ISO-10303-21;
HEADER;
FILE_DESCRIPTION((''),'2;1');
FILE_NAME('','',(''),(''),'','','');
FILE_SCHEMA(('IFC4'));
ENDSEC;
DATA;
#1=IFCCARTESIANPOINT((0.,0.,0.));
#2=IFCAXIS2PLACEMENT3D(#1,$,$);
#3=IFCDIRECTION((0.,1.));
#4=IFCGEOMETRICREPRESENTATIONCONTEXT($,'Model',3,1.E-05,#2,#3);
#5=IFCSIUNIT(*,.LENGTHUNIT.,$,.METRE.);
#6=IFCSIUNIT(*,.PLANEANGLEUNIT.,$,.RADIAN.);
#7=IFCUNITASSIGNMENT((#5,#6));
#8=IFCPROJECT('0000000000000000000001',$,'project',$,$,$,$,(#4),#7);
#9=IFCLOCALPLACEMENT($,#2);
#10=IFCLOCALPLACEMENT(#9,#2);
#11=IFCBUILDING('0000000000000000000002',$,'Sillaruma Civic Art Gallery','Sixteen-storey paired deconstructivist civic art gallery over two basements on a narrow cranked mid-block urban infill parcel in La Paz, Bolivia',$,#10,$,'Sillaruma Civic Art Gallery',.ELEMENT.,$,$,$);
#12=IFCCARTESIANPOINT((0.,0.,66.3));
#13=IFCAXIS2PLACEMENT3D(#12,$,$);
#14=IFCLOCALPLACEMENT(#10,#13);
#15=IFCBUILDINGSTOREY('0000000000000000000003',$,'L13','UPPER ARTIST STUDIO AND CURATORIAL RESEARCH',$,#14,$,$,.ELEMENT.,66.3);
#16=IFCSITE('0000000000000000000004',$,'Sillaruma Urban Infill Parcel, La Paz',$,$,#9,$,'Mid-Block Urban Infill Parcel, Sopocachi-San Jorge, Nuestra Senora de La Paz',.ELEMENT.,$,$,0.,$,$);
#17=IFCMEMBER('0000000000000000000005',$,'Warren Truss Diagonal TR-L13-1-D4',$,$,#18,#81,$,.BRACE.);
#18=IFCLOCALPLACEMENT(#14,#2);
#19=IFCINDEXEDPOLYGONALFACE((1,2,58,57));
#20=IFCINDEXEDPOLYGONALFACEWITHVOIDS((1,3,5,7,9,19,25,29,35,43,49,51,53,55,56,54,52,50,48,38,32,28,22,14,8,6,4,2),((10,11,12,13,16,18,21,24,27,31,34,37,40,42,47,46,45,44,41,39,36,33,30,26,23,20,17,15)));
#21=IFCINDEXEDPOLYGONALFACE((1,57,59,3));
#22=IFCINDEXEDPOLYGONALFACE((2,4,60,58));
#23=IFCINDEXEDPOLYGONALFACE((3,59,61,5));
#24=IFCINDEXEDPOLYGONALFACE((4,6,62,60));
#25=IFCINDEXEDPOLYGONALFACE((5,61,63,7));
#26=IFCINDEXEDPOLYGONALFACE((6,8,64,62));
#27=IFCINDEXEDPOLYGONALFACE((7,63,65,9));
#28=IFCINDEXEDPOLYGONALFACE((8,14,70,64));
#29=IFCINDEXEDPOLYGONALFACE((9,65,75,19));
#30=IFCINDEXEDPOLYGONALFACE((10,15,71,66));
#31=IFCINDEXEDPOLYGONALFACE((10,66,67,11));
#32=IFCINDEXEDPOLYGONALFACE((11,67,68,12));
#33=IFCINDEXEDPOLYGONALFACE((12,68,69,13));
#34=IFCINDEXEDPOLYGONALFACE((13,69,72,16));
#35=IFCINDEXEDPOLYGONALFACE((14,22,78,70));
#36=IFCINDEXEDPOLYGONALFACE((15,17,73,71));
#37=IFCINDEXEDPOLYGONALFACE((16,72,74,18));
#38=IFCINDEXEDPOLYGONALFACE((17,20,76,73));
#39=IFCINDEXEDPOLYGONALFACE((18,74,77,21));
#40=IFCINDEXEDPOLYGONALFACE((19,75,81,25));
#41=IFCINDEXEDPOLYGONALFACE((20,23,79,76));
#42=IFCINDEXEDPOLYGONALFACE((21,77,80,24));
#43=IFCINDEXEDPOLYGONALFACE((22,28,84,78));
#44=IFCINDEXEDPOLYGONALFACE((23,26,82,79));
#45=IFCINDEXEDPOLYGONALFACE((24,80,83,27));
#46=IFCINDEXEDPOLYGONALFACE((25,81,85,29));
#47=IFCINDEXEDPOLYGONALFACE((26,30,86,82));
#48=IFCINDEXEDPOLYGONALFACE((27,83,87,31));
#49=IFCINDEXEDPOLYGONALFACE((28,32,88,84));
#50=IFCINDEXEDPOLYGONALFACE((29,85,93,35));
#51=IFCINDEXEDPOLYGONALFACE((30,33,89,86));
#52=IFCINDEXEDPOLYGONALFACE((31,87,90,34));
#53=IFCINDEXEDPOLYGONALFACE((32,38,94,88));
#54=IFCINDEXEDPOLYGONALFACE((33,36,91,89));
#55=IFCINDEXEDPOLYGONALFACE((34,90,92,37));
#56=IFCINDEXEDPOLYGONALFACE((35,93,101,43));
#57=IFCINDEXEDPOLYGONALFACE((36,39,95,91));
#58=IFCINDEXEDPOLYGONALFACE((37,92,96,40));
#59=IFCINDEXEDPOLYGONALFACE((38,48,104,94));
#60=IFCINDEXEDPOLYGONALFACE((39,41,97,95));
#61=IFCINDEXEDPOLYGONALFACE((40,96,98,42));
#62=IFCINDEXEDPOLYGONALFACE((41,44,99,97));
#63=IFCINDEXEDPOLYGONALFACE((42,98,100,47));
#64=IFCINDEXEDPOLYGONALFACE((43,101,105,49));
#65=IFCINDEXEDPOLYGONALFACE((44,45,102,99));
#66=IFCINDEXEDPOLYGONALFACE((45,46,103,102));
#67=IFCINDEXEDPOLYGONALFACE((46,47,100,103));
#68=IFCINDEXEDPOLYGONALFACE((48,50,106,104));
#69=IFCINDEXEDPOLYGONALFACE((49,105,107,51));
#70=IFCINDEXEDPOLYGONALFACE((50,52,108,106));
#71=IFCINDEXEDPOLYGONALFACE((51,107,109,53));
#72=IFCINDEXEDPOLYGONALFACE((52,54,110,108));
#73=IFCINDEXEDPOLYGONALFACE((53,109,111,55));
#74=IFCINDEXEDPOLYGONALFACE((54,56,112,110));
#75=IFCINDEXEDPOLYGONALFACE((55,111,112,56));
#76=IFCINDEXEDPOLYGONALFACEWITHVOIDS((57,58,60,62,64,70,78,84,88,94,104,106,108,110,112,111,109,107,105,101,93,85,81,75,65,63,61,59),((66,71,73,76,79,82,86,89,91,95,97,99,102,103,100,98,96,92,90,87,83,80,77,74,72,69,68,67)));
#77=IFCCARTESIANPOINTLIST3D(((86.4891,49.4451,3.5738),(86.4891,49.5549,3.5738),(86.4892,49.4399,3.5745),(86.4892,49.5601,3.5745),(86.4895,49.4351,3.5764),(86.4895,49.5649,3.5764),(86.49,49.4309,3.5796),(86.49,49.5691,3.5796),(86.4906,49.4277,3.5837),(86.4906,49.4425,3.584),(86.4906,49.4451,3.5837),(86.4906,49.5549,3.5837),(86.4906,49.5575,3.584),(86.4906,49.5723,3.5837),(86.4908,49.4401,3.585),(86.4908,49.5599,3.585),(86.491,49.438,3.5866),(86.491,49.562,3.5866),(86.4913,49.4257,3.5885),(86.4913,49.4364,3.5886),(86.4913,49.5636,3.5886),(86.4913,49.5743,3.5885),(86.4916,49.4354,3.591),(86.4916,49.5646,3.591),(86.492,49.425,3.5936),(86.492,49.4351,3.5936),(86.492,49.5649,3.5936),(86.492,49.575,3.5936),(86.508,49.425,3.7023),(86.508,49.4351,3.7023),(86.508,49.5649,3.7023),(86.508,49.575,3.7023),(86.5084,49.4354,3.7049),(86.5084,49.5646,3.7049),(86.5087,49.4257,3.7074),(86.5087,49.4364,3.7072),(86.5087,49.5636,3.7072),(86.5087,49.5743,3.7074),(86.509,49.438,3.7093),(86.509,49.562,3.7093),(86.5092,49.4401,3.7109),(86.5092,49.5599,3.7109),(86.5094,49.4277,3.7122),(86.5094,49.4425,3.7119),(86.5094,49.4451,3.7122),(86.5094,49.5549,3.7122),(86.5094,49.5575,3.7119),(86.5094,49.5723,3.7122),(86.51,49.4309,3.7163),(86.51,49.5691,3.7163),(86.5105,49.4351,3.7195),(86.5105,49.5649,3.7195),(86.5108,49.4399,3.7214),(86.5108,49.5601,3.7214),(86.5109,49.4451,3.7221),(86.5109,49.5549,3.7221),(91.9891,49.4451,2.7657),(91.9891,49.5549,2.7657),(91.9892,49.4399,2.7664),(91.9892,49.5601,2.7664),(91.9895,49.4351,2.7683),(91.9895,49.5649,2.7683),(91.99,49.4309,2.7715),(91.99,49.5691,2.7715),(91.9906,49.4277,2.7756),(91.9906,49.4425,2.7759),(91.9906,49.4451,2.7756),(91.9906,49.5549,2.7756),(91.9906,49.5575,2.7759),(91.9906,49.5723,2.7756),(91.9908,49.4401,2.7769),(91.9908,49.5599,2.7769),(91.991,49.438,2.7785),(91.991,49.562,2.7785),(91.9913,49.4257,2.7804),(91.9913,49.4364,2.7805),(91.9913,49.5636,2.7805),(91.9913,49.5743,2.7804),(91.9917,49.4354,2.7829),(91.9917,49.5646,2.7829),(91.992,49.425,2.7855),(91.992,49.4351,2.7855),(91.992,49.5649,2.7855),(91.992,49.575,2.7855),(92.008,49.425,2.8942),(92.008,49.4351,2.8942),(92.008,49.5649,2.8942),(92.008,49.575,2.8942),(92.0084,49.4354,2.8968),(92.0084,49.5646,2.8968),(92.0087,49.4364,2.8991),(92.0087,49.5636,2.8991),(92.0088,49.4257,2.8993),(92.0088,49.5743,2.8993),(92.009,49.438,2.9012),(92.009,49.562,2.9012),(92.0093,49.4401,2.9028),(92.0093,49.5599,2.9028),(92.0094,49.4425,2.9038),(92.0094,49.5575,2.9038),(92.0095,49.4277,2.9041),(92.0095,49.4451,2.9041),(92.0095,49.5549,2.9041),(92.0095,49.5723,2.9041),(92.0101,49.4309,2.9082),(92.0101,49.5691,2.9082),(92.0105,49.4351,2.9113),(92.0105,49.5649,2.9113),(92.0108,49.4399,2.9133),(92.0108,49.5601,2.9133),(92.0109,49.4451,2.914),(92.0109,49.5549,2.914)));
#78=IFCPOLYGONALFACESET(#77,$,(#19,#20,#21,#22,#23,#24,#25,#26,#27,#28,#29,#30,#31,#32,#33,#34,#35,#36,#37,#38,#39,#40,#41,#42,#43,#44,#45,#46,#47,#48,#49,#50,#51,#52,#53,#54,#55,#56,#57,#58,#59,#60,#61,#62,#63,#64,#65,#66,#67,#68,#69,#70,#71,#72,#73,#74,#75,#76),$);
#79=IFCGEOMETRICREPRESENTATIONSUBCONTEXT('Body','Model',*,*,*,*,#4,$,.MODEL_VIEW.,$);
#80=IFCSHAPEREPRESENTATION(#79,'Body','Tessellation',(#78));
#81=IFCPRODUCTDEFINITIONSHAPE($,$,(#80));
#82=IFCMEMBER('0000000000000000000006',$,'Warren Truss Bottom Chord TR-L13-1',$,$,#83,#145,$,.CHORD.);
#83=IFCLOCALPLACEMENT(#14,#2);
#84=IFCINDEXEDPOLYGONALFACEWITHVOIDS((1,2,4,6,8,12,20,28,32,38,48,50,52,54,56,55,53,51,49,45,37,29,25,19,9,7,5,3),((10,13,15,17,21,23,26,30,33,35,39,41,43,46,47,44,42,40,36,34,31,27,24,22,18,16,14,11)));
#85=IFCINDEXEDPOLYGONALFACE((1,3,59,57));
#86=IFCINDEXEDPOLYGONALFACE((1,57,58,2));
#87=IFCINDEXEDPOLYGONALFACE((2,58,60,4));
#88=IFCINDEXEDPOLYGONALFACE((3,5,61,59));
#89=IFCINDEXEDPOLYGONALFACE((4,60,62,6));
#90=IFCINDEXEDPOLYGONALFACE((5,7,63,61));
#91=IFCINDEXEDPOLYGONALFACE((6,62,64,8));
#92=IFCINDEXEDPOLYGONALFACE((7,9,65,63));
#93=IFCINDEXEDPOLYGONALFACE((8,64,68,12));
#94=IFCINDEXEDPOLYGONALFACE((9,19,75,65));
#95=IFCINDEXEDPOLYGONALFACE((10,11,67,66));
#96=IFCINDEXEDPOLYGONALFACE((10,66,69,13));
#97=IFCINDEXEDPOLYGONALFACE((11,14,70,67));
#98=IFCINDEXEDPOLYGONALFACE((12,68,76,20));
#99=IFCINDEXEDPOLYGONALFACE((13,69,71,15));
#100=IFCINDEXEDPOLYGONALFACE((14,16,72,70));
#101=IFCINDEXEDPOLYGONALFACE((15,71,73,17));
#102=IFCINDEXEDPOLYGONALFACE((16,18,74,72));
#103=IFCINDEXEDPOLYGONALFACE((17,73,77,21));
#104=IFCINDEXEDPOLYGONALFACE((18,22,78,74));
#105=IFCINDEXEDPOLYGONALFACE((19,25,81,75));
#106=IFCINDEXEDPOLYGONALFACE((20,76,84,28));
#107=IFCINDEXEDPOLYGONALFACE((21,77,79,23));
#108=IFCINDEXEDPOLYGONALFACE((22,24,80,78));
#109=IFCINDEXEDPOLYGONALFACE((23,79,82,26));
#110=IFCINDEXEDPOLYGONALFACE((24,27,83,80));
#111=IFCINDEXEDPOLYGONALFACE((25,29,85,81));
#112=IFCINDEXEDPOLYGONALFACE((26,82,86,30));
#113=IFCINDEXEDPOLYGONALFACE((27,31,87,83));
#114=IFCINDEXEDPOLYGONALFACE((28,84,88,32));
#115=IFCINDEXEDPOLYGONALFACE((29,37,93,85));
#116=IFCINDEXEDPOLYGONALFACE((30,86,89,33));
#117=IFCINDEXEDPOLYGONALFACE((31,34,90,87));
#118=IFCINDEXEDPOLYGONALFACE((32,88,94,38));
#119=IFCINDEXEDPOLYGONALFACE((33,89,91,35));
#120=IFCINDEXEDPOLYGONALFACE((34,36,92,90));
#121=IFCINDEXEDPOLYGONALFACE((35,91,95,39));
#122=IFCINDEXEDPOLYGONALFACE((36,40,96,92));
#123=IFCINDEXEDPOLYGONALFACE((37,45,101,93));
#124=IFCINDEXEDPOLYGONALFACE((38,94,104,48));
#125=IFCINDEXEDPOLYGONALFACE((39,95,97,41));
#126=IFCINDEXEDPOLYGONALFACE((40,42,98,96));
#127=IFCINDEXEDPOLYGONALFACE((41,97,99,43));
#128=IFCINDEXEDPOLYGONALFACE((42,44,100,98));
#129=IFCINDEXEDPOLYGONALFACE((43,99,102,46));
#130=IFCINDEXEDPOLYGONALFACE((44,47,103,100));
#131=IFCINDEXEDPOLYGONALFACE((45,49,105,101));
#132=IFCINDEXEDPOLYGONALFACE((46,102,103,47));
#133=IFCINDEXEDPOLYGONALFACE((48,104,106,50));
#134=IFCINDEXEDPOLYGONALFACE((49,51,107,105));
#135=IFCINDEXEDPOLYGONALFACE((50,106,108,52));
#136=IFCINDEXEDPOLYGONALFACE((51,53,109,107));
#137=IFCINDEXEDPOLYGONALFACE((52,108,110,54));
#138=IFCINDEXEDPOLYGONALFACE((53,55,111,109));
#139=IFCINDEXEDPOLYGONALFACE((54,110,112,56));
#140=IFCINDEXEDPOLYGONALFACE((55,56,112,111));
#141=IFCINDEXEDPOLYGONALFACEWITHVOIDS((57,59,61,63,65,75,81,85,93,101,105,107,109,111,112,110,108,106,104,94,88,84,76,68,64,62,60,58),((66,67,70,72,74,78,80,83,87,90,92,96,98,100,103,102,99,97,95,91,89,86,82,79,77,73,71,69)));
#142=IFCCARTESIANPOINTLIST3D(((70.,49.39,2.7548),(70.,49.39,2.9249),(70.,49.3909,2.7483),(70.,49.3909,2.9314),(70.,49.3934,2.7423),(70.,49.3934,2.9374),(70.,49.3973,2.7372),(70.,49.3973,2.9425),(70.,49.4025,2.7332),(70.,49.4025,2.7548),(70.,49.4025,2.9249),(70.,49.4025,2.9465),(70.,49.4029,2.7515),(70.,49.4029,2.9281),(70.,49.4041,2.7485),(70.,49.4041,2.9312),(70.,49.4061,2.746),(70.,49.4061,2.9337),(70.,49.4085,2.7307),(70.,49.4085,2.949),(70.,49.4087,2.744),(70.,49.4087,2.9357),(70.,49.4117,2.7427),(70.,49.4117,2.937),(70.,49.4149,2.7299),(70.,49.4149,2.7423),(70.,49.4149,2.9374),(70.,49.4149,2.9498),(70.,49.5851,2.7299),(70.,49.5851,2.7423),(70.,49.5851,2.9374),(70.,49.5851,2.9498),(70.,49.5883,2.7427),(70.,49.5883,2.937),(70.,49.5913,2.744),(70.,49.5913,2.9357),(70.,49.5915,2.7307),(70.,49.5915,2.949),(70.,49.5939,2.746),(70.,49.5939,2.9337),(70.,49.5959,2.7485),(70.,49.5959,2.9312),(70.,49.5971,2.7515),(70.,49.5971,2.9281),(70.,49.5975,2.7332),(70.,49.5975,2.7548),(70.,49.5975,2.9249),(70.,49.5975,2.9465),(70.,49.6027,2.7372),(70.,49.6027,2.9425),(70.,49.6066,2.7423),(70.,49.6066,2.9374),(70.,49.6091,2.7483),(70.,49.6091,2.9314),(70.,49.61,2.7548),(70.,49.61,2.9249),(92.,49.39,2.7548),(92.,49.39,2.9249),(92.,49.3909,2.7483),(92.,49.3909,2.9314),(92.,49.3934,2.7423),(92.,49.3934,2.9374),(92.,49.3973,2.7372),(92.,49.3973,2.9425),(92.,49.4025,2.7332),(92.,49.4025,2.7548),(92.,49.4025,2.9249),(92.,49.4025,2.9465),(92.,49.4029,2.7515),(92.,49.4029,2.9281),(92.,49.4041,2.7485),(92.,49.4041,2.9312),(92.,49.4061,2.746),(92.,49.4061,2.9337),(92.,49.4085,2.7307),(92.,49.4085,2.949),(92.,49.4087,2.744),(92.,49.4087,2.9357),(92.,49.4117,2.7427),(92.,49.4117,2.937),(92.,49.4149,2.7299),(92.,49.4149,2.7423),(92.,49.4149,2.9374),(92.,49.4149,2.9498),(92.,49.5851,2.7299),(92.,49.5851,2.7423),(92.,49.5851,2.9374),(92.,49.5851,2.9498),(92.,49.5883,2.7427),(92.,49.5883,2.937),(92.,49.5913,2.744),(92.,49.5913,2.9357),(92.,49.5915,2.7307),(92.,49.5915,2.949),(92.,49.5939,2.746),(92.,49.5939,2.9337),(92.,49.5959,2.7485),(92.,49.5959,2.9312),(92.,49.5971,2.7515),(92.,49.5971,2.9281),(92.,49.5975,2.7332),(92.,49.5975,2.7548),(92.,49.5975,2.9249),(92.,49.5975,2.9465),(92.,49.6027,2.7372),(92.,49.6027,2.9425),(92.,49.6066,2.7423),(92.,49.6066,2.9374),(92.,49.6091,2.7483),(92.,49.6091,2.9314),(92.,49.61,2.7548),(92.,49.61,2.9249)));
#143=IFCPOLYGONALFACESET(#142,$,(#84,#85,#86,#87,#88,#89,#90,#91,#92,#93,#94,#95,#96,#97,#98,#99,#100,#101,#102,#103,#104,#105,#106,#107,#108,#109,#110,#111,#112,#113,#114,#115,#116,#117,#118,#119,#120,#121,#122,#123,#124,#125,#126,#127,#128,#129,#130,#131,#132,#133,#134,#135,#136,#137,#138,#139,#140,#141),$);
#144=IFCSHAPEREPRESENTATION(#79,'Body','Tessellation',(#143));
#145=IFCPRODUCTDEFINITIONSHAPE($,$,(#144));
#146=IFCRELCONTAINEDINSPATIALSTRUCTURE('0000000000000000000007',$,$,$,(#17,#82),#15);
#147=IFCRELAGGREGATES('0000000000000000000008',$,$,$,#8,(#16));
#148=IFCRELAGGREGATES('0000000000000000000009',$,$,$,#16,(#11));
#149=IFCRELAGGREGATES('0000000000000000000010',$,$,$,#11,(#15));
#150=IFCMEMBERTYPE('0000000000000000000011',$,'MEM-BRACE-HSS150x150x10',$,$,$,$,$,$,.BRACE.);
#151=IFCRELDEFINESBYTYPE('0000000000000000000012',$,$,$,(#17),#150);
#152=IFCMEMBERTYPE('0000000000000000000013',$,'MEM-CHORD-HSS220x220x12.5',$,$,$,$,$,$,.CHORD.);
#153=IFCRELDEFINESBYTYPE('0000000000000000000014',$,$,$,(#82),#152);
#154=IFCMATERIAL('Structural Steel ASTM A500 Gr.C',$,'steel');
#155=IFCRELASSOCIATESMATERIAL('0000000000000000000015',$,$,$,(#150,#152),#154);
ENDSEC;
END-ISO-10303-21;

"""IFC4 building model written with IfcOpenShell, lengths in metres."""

from ifc_helpers import new_model, si_unit, direction, frame, origin, origin_2d, place, context, subcontext, project, spatial, hollow_rectangle, extrude, material, material_profile, profile_set, type_object, element, save


model = new_model("IFC4")

# Units and contexts
model_context = context("Model", 3, precision=1e-05, world=origin(), true_north=direction((0.0, 1.0)))
body_context = subcontext(model_context, "Body", "Model", "MODEL_VIEW")
ifc_project = project(units=[si_unit("LENGTHUNIT", "METRE"), si_unit("PLANEANGLEUNIT", "RADIAN")], contexts=[model_context])

# Site, building, storey
site_placement = place(None, origin())
site = spatial("IfcSite", under=ifc_project, at=site_placement, Name="Sillaruma Urban Infill Parcel, La Paz", LongName="Mid-Block Urban Infill Parcel, Sopocachi-San Jorge, Nuestra Senora de La Paz", CompositionType="ELEMENT", RefElevation=0.0)
building_placement = place(site_placement, origin())
building = spatial("IfcBuilding", under=site, at=building_placement, Name="Sillaruma Civic Art Gallery", Description="Sixteen-storey paired deconstructivist civic art gallery over two basements on a narrow cranked mid-block urban infill parcel in La Paz, Bolivia", LongName="Sillaruma Civic Art Gallery", CompositionType="ELEMENT")
storey_placement = place(building_placement, frame((0.0, 0.0, 66.3)))
storey = spatial("IfcBuildingStorey", under=building, at=storey_placement, Name="L13", Description="UPPER ARTIST STUDIO AND CURATORIAL RESEARCH", CompositionType="ELEMENT", Elevation=66.3)

# Members
ifc_material_1 = material(Name="Structural Steel ASTM A500 Gr.C", Category="steel")
ifc_material_profile_1 = material_profile(ifc_material_1, hollow_rectangle(XDim=0.1499, YDim=0.1499, WallThickness=0.01, InnerFilletRadius=0.01, OuterFilletRadius=0.02, at=origin_2d()), Name="HSS150x150x10")
ifc_profile_set_1 = profile_set([ifc_material_profile_1], Name="Structural Steel ASTM A500 Gr.C")
member_type_1 = type_object("IfcMemberType", Name="MEM-BRACE-HSS150x150x10", PredefinedType="BRACE", material=ifc_profile_set_1)
for number, where, z_axis, x_axis, name in (
    (1, (86.5, 49.5, 3.6479), (0.989378, 0.0, -0.145368), (0.0, 1.0, 0.0), "Warren Truss Diagonal TR-L13-1-D4"),
):
    element("IfcMember", number, at=place(storey_placement, frame(where, z_axis=z_axis, x_axis=x_axis)), inside=storey, type_object=member_type_1, Name=name, PredefinedType="BRACE", context=body_context, shape_type="SweptSolid", body=[
        extrude(hollow_rectangle(XDim=0.1499, YDim=0.1499, WallThickness=0.01, InnerFilletRadius=0.01, OuterFilletRadius=0.02, at=origin_2d()), origin(), (0.0, 0.0, 1.0), 5.5591),
    ])
ifc_material_profile_2 = material_profile(ifc_material_1, hollow_rectangle(XDim=0.22, YDim=0.22, WallThickness=0.0125, InnerFilletRadius=0.0125, OuterFilletRadius=0.0249, at=origin_2d()), Name="HSS220x220x12.5")
ifc_profile_set_2 = profile_set([ifc_material_profile_2], Name="Structural Steel ASTM A500 Gr.C")
member_type_2 = type_object("IfcMemberType", Name="MEM-CHORD-HSS220x220x12.5", PredefinedType="CHORD", material=ifc_profile_set_2)
member_placement = place(storey_placement, frame((70.0, 49.5, 2.8398), z_axis=(1.0, 0.0, 0.0), x_axis=(0.0, 1.0, 0.0)))
element("IfcMember", 2, at=member_placement, inside=storey, type_object=member_type_2, Name="Warren Truss Bottom Chord TR-L13-1", PredefinedType="CHORD", context=body_context, shape_type="SweptSolid", body=[
    extrude(hollow_rectangle(XDim=0.22, YDim=0.22, WallThickness=0.0125, InnerFilletRadius=0.0125, OuterFilletRadius=0.0249, at=origin_2d()), origin(), (0.0, 0.0, 1.0), 22.0),
])

save(model, "model.ifc")
